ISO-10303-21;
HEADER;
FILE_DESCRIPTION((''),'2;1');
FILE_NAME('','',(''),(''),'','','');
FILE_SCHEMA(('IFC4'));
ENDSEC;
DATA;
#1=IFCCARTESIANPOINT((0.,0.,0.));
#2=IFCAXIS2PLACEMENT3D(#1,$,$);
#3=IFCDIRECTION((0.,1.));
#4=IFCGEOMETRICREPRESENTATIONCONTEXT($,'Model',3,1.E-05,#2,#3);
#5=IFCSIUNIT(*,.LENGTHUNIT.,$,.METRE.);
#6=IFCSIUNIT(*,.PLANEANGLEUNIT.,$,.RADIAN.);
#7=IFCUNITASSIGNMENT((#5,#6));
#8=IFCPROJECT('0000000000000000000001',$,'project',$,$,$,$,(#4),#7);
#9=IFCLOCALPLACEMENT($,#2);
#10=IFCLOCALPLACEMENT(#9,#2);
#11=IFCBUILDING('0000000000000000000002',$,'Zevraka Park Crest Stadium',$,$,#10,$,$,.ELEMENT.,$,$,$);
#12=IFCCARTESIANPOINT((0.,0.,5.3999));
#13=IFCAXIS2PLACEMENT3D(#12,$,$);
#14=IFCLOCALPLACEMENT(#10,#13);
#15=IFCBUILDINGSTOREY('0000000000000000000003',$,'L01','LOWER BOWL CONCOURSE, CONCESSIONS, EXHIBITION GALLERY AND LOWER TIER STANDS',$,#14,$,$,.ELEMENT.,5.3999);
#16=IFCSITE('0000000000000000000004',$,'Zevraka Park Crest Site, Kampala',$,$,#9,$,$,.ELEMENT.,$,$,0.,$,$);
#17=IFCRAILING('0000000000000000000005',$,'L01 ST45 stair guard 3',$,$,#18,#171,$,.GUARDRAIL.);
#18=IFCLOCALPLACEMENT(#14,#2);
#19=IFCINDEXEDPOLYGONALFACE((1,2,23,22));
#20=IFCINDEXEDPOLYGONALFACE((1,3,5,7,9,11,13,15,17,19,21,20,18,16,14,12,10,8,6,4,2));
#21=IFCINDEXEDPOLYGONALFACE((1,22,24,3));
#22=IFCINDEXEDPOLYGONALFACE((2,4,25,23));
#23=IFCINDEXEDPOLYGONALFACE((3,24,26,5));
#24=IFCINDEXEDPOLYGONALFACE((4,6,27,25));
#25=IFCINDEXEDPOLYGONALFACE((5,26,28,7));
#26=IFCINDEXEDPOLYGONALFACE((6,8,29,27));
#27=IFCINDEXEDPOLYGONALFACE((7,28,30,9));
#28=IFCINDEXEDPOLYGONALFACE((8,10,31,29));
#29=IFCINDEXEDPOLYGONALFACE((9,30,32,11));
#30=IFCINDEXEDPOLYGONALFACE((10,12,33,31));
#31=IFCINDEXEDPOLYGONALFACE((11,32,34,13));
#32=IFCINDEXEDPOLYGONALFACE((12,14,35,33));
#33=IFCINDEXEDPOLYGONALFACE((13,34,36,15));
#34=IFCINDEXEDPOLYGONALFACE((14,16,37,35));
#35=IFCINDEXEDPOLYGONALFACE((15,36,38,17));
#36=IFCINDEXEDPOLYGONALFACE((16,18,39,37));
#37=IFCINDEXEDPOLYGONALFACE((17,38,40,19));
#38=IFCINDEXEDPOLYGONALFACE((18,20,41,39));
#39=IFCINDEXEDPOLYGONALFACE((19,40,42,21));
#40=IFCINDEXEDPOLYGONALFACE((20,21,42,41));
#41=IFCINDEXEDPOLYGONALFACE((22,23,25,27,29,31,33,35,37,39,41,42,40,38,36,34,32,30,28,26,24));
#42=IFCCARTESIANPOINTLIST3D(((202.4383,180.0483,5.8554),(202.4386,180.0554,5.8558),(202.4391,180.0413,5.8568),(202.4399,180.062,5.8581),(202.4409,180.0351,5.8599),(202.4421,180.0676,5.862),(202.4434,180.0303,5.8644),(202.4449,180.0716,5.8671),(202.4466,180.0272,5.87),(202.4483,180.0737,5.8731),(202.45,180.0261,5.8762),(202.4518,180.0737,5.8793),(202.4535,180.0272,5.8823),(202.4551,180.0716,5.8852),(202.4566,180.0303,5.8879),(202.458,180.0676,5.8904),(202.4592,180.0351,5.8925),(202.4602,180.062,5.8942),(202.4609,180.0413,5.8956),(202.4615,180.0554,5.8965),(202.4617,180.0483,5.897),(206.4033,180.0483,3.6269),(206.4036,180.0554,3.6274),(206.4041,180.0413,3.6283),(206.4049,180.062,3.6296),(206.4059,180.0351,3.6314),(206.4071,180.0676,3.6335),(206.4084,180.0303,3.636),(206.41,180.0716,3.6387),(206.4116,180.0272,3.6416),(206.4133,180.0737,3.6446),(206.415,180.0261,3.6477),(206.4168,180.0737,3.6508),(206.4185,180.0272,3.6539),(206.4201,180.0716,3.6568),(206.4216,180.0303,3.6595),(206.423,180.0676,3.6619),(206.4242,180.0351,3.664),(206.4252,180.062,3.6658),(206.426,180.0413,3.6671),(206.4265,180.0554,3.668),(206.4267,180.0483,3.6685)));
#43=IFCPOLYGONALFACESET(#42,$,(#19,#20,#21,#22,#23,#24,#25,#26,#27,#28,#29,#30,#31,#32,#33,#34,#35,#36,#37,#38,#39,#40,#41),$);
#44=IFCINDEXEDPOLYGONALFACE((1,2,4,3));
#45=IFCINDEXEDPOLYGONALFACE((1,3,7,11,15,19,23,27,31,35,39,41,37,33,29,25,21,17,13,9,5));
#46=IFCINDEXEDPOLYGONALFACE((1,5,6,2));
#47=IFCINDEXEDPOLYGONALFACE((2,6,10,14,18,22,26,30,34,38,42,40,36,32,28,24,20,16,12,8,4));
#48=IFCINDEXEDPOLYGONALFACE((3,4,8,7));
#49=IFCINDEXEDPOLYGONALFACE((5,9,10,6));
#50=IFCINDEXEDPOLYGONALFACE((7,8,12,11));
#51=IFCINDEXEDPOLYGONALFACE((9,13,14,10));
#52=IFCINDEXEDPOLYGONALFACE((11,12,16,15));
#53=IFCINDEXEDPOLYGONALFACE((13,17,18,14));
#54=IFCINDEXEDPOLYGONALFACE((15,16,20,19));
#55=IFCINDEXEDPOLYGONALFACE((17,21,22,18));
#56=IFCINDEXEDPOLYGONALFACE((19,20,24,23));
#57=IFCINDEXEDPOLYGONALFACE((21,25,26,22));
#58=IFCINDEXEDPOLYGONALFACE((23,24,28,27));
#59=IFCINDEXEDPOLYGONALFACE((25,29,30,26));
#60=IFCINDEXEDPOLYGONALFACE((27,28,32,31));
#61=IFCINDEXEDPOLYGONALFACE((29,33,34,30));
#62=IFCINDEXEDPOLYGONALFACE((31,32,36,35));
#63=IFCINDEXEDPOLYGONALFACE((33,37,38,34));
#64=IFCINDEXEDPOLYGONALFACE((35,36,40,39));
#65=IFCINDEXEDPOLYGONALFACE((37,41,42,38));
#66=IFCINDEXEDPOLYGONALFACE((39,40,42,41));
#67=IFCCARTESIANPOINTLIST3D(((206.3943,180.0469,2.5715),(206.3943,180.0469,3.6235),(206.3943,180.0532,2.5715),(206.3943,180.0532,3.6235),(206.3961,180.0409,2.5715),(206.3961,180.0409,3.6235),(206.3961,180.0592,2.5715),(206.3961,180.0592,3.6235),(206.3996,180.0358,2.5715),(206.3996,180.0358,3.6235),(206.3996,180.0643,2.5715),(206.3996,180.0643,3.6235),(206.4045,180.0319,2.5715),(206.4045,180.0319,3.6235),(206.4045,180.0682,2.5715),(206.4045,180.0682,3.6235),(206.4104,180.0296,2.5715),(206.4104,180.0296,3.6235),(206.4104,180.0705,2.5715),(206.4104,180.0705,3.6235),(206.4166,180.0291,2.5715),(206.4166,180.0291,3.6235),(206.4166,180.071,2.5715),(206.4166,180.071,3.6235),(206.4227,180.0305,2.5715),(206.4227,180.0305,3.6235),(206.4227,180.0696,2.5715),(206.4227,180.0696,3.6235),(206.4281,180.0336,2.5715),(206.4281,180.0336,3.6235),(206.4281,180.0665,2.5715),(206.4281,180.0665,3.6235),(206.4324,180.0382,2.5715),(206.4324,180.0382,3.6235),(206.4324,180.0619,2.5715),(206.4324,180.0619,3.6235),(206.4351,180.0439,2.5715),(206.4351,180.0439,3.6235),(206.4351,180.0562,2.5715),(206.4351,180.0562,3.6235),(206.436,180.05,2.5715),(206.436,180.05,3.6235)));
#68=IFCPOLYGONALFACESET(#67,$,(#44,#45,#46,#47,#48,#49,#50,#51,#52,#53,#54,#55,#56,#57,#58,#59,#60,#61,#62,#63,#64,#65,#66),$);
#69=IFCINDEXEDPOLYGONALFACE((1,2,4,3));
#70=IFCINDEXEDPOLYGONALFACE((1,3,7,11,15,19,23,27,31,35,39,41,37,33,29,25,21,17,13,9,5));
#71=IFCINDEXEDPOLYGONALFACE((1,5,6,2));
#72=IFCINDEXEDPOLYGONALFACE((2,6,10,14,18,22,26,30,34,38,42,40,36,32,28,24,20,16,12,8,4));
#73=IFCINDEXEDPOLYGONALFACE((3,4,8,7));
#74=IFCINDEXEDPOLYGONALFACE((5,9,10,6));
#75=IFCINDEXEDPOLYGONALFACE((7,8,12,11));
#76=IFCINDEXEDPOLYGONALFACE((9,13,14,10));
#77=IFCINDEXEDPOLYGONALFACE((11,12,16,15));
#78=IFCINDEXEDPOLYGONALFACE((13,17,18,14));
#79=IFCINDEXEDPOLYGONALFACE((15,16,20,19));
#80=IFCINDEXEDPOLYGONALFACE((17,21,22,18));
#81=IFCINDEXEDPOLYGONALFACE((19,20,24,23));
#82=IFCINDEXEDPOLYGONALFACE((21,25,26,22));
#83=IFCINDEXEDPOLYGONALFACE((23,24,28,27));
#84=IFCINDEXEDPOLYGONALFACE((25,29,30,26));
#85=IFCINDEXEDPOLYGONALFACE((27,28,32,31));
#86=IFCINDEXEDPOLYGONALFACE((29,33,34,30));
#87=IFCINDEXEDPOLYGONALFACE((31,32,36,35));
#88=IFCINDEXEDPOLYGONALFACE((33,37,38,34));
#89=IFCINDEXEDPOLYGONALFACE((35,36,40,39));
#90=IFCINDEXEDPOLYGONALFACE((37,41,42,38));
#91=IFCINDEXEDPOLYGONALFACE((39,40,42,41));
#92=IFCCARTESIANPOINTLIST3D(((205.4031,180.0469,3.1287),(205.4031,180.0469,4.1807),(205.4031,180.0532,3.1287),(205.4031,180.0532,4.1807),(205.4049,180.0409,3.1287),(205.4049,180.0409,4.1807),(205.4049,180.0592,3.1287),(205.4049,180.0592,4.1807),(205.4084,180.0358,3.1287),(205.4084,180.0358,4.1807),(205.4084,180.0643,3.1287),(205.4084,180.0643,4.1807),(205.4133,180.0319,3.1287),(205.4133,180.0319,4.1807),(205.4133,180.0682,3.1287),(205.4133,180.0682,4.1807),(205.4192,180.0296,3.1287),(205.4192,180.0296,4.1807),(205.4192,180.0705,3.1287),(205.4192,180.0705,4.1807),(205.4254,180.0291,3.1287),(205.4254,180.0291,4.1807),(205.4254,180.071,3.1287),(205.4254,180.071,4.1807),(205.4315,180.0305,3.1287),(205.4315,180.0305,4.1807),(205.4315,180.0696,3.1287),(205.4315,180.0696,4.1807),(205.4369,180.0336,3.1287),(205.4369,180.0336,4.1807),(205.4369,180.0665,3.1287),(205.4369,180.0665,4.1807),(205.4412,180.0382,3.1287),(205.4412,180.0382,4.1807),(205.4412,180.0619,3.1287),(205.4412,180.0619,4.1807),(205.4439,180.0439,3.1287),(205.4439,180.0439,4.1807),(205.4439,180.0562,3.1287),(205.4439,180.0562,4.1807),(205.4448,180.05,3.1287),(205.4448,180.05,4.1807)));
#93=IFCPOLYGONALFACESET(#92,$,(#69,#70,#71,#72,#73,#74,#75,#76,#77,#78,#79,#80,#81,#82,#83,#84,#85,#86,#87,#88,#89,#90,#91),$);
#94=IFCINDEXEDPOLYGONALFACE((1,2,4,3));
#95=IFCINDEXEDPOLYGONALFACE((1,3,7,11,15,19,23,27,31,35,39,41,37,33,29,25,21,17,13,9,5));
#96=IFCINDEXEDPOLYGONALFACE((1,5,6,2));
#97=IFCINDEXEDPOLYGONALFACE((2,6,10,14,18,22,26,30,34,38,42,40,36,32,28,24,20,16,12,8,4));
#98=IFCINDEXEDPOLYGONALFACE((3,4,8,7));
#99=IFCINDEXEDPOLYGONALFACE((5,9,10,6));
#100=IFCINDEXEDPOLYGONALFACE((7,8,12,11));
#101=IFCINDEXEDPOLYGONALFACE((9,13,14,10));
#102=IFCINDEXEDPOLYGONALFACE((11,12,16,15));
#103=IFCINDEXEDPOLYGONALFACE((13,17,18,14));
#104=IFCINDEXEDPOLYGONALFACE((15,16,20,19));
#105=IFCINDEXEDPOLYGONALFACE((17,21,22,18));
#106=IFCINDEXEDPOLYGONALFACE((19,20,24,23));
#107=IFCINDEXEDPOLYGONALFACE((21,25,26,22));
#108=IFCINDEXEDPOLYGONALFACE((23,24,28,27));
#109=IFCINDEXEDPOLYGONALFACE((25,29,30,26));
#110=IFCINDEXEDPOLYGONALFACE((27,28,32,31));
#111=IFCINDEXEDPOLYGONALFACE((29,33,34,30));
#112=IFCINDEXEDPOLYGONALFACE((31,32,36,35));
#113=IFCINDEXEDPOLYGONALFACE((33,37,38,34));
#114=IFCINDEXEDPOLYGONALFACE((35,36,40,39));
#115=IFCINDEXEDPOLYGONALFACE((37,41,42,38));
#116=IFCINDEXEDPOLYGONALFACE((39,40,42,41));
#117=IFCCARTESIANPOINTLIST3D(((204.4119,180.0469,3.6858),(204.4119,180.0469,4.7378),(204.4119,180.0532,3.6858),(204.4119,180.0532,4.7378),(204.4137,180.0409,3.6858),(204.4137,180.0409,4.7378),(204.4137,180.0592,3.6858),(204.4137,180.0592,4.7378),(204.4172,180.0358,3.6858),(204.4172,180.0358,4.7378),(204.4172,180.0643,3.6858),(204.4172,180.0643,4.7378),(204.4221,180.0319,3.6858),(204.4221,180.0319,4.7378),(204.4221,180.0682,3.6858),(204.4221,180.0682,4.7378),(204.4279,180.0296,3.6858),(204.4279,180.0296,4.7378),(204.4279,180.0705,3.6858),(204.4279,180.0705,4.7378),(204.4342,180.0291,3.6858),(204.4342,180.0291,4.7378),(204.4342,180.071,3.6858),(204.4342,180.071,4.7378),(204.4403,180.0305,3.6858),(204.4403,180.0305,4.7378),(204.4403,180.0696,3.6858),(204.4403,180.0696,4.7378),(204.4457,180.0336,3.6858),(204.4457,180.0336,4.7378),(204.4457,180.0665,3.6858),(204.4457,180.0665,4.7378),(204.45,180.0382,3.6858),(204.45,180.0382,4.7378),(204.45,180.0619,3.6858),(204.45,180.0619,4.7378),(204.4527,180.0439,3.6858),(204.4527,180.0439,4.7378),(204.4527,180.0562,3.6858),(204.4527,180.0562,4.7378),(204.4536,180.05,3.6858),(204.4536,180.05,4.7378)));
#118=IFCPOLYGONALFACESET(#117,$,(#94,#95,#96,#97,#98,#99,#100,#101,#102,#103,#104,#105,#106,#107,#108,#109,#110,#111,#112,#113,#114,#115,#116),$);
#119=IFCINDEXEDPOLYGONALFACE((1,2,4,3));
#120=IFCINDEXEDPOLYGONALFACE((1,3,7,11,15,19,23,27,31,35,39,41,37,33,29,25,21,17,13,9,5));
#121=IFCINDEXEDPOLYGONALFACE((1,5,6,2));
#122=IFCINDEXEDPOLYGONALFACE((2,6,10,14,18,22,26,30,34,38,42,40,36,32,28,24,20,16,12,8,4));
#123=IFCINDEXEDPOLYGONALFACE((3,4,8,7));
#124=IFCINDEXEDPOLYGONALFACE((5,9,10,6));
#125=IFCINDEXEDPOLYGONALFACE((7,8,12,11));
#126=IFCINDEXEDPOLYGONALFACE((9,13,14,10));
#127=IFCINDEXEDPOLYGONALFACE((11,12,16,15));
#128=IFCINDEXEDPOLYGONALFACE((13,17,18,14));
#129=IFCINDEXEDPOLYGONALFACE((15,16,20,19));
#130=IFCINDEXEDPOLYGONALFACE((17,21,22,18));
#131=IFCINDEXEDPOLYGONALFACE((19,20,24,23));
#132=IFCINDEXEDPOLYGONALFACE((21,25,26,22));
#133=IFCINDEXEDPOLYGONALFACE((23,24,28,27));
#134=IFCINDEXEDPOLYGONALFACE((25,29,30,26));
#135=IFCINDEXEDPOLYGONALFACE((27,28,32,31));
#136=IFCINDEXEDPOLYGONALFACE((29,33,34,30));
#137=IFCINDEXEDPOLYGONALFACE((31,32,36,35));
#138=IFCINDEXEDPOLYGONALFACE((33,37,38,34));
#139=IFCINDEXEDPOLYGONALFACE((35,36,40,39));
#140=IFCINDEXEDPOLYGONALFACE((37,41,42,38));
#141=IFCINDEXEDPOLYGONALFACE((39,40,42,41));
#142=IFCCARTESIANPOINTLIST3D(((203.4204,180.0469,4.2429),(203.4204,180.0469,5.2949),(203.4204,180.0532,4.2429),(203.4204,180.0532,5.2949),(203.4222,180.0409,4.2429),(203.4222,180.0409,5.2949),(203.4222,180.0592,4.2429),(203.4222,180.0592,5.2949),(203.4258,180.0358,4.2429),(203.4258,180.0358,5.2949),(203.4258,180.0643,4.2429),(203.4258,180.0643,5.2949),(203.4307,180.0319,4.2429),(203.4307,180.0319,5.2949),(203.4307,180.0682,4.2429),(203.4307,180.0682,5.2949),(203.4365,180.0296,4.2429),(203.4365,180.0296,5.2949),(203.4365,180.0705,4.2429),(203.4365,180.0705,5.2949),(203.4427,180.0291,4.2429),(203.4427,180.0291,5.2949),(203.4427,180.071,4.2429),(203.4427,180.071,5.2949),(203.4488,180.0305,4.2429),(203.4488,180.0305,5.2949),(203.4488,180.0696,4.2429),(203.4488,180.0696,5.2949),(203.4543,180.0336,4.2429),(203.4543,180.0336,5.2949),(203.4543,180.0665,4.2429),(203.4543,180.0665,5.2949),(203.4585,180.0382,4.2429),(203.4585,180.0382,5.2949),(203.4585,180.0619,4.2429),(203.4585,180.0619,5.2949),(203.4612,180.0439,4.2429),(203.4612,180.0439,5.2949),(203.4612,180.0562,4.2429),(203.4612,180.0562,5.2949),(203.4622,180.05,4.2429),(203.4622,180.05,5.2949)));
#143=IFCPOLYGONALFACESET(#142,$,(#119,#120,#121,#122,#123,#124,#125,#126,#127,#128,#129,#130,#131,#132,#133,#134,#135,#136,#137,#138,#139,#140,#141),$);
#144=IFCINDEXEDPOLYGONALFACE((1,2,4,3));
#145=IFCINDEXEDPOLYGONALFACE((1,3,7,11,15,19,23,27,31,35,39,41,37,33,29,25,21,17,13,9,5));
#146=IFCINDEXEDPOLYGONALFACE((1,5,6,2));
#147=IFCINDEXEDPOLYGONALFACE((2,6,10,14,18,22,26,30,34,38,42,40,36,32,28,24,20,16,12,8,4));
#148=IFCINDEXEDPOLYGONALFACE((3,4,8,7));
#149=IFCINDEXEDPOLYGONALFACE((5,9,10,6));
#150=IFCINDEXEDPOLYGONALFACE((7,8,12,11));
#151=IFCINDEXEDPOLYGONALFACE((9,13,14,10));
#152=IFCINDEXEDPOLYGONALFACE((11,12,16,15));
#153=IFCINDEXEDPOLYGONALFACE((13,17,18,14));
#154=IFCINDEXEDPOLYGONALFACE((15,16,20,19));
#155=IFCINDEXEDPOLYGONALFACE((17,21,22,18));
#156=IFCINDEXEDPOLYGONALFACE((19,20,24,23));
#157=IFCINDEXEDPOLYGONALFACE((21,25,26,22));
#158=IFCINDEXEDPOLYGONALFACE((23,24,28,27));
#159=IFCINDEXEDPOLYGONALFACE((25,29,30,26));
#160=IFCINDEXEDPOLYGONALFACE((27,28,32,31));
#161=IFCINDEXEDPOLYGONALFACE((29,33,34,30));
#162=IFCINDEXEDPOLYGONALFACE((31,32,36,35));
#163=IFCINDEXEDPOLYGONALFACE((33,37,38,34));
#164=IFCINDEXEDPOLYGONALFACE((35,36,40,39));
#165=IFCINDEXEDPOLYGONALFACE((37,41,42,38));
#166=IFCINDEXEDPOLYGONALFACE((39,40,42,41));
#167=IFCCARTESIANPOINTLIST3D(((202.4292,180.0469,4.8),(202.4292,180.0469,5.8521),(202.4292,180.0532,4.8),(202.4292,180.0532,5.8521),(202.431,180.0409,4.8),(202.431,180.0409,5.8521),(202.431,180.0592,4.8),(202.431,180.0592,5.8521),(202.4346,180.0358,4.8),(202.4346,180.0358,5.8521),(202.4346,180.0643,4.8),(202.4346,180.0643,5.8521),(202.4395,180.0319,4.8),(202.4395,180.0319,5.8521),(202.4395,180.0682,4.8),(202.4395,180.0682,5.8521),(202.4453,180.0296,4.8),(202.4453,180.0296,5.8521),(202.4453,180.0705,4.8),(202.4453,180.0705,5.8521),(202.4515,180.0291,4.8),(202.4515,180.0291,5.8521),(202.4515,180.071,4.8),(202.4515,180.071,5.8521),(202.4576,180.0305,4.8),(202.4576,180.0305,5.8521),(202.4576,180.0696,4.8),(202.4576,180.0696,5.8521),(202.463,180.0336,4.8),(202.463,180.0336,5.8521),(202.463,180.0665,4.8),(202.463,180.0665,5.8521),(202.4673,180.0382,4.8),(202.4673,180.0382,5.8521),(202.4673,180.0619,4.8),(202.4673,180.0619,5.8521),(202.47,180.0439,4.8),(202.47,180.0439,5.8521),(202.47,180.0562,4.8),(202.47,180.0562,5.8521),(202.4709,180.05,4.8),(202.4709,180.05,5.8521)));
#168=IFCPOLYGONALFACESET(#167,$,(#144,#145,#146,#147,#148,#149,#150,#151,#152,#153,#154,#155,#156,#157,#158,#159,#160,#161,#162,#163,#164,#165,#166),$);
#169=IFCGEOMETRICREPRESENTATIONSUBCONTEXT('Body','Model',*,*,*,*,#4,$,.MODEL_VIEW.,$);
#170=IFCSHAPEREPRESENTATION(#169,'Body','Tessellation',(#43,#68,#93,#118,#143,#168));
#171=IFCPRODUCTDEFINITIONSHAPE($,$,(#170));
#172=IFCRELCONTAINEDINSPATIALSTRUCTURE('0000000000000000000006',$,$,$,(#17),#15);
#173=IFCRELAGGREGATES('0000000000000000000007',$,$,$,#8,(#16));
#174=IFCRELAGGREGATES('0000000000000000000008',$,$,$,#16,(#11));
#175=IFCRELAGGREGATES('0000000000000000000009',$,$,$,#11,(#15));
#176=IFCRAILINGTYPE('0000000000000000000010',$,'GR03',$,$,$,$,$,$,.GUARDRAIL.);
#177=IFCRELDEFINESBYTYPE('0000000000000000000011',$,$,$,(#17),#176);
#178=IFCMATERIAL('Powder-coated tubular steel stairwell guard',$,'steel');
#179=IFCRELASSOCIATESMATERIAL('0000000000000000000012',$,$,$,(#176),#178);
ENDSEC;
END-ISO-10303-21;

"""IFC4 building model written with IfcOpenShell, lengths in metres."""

from ifc_helpers import new_model, si_unit, direction, frame, origin, origin_2d, place, context, subcontext, project, spatial, circle, extrude, material, type_object, element, save


model = new_model("IFC4")

# Units and contexts
model_context = context("Model", 3, precision=1e-05, world=origin(), true_north=direction((0.0, 1.0)))
body_context = subcontext(model_context, "Body", "Model", "MODEL_VIEW")
ifc_project = project(units=[si_unit("LENGTHUNIT", "METRE"), si_unit("PLANEANGLEUNIT", "RADIAN")], contexts=[model_context])

# Site, building, storey
site_placement = place(None, origin())
site = spatial("IfcSite", under=ifc_project, at=site_placement, Name="Zevraka Park Crest Site, Kampala", CompositionType="ELEMENT", RefElevation=0.0)
building_placement = place(site_placement, origin())
building = spatial("IfcBuilding", under=site, at=building_placement, Name="Zevraka Park Crest Stadium", CompositionType="ELEMENT")
storey_placement = place(building_placement, frame((0.0, 0.0, 5.3999)))
storey = spatial("IfcBuildingStorey", under=building, at=storey_placement, Name="L01", Description="LOWER BOWL CONCOURSE, CONCESSIONS, EXHIBITION GALLERY AND LOWER TIER STANDS", CompositionType="ELEMENT", Elevation=5.3999)

# Railing
ifc_material_1 = material(Name="Powder-coated tubular steel stairwell guard", Category="steel")
railing_type_1 = type_object("IfcRailingType", Name="GR03", PredefinedType="GUARDRAIL", material=ifc_material_1)
railing_1_placement = place(storey_placement, frame((206.415, 180.05, 2.5715)))
element("IfcRailing", 1, at=railing_1_placement, inside=storey, type_object=railing_type_1, Name="L01 ST45 stair guard 3", PredefinedType="GUARDRAIL", context=body_context, shape_type="SweptSolid", body=[
    extrude(circle(Radius=0.0239, at=origin_2d()), frame((0.0, 0.0, 1.0762), z_axis=(-0.871749, 0.0, 0.489953), x_axis=(0.0, -1.0, 0.0)), (0.0, 0.0, 1.0), 4.5483),
    extrude(circle(Radius=0.021, at=origin_2d()), origin(), (0.0, 0.0, 1.0), 1.052),
    extrude(circle(Radius=0.021, at=origin_2d()), frame((-0.9912, 0.0, 0.5571)), (0.0, 0.0, 1.0), 1.052),
    extrude(circle(Radius=0.021, at=origin_2d()), frame((-1.9824, 0.0, 1.1143)), (0.0, 0.0, 1.0), 1.052),
    extrude(circle(Radius=0.021, at=origin_2d()), frame((-2.9739, 0.0, 1.6714)), (0.0, 0.0, 1.0), 1.052),
    extrude(circle(Radius=0.021, at=origin_2d()), frame((-3.9651, 0.0, 2.2285)), (0.0, 0.0, 1.0), 1.052),
])

save(model, "model.ifc")
